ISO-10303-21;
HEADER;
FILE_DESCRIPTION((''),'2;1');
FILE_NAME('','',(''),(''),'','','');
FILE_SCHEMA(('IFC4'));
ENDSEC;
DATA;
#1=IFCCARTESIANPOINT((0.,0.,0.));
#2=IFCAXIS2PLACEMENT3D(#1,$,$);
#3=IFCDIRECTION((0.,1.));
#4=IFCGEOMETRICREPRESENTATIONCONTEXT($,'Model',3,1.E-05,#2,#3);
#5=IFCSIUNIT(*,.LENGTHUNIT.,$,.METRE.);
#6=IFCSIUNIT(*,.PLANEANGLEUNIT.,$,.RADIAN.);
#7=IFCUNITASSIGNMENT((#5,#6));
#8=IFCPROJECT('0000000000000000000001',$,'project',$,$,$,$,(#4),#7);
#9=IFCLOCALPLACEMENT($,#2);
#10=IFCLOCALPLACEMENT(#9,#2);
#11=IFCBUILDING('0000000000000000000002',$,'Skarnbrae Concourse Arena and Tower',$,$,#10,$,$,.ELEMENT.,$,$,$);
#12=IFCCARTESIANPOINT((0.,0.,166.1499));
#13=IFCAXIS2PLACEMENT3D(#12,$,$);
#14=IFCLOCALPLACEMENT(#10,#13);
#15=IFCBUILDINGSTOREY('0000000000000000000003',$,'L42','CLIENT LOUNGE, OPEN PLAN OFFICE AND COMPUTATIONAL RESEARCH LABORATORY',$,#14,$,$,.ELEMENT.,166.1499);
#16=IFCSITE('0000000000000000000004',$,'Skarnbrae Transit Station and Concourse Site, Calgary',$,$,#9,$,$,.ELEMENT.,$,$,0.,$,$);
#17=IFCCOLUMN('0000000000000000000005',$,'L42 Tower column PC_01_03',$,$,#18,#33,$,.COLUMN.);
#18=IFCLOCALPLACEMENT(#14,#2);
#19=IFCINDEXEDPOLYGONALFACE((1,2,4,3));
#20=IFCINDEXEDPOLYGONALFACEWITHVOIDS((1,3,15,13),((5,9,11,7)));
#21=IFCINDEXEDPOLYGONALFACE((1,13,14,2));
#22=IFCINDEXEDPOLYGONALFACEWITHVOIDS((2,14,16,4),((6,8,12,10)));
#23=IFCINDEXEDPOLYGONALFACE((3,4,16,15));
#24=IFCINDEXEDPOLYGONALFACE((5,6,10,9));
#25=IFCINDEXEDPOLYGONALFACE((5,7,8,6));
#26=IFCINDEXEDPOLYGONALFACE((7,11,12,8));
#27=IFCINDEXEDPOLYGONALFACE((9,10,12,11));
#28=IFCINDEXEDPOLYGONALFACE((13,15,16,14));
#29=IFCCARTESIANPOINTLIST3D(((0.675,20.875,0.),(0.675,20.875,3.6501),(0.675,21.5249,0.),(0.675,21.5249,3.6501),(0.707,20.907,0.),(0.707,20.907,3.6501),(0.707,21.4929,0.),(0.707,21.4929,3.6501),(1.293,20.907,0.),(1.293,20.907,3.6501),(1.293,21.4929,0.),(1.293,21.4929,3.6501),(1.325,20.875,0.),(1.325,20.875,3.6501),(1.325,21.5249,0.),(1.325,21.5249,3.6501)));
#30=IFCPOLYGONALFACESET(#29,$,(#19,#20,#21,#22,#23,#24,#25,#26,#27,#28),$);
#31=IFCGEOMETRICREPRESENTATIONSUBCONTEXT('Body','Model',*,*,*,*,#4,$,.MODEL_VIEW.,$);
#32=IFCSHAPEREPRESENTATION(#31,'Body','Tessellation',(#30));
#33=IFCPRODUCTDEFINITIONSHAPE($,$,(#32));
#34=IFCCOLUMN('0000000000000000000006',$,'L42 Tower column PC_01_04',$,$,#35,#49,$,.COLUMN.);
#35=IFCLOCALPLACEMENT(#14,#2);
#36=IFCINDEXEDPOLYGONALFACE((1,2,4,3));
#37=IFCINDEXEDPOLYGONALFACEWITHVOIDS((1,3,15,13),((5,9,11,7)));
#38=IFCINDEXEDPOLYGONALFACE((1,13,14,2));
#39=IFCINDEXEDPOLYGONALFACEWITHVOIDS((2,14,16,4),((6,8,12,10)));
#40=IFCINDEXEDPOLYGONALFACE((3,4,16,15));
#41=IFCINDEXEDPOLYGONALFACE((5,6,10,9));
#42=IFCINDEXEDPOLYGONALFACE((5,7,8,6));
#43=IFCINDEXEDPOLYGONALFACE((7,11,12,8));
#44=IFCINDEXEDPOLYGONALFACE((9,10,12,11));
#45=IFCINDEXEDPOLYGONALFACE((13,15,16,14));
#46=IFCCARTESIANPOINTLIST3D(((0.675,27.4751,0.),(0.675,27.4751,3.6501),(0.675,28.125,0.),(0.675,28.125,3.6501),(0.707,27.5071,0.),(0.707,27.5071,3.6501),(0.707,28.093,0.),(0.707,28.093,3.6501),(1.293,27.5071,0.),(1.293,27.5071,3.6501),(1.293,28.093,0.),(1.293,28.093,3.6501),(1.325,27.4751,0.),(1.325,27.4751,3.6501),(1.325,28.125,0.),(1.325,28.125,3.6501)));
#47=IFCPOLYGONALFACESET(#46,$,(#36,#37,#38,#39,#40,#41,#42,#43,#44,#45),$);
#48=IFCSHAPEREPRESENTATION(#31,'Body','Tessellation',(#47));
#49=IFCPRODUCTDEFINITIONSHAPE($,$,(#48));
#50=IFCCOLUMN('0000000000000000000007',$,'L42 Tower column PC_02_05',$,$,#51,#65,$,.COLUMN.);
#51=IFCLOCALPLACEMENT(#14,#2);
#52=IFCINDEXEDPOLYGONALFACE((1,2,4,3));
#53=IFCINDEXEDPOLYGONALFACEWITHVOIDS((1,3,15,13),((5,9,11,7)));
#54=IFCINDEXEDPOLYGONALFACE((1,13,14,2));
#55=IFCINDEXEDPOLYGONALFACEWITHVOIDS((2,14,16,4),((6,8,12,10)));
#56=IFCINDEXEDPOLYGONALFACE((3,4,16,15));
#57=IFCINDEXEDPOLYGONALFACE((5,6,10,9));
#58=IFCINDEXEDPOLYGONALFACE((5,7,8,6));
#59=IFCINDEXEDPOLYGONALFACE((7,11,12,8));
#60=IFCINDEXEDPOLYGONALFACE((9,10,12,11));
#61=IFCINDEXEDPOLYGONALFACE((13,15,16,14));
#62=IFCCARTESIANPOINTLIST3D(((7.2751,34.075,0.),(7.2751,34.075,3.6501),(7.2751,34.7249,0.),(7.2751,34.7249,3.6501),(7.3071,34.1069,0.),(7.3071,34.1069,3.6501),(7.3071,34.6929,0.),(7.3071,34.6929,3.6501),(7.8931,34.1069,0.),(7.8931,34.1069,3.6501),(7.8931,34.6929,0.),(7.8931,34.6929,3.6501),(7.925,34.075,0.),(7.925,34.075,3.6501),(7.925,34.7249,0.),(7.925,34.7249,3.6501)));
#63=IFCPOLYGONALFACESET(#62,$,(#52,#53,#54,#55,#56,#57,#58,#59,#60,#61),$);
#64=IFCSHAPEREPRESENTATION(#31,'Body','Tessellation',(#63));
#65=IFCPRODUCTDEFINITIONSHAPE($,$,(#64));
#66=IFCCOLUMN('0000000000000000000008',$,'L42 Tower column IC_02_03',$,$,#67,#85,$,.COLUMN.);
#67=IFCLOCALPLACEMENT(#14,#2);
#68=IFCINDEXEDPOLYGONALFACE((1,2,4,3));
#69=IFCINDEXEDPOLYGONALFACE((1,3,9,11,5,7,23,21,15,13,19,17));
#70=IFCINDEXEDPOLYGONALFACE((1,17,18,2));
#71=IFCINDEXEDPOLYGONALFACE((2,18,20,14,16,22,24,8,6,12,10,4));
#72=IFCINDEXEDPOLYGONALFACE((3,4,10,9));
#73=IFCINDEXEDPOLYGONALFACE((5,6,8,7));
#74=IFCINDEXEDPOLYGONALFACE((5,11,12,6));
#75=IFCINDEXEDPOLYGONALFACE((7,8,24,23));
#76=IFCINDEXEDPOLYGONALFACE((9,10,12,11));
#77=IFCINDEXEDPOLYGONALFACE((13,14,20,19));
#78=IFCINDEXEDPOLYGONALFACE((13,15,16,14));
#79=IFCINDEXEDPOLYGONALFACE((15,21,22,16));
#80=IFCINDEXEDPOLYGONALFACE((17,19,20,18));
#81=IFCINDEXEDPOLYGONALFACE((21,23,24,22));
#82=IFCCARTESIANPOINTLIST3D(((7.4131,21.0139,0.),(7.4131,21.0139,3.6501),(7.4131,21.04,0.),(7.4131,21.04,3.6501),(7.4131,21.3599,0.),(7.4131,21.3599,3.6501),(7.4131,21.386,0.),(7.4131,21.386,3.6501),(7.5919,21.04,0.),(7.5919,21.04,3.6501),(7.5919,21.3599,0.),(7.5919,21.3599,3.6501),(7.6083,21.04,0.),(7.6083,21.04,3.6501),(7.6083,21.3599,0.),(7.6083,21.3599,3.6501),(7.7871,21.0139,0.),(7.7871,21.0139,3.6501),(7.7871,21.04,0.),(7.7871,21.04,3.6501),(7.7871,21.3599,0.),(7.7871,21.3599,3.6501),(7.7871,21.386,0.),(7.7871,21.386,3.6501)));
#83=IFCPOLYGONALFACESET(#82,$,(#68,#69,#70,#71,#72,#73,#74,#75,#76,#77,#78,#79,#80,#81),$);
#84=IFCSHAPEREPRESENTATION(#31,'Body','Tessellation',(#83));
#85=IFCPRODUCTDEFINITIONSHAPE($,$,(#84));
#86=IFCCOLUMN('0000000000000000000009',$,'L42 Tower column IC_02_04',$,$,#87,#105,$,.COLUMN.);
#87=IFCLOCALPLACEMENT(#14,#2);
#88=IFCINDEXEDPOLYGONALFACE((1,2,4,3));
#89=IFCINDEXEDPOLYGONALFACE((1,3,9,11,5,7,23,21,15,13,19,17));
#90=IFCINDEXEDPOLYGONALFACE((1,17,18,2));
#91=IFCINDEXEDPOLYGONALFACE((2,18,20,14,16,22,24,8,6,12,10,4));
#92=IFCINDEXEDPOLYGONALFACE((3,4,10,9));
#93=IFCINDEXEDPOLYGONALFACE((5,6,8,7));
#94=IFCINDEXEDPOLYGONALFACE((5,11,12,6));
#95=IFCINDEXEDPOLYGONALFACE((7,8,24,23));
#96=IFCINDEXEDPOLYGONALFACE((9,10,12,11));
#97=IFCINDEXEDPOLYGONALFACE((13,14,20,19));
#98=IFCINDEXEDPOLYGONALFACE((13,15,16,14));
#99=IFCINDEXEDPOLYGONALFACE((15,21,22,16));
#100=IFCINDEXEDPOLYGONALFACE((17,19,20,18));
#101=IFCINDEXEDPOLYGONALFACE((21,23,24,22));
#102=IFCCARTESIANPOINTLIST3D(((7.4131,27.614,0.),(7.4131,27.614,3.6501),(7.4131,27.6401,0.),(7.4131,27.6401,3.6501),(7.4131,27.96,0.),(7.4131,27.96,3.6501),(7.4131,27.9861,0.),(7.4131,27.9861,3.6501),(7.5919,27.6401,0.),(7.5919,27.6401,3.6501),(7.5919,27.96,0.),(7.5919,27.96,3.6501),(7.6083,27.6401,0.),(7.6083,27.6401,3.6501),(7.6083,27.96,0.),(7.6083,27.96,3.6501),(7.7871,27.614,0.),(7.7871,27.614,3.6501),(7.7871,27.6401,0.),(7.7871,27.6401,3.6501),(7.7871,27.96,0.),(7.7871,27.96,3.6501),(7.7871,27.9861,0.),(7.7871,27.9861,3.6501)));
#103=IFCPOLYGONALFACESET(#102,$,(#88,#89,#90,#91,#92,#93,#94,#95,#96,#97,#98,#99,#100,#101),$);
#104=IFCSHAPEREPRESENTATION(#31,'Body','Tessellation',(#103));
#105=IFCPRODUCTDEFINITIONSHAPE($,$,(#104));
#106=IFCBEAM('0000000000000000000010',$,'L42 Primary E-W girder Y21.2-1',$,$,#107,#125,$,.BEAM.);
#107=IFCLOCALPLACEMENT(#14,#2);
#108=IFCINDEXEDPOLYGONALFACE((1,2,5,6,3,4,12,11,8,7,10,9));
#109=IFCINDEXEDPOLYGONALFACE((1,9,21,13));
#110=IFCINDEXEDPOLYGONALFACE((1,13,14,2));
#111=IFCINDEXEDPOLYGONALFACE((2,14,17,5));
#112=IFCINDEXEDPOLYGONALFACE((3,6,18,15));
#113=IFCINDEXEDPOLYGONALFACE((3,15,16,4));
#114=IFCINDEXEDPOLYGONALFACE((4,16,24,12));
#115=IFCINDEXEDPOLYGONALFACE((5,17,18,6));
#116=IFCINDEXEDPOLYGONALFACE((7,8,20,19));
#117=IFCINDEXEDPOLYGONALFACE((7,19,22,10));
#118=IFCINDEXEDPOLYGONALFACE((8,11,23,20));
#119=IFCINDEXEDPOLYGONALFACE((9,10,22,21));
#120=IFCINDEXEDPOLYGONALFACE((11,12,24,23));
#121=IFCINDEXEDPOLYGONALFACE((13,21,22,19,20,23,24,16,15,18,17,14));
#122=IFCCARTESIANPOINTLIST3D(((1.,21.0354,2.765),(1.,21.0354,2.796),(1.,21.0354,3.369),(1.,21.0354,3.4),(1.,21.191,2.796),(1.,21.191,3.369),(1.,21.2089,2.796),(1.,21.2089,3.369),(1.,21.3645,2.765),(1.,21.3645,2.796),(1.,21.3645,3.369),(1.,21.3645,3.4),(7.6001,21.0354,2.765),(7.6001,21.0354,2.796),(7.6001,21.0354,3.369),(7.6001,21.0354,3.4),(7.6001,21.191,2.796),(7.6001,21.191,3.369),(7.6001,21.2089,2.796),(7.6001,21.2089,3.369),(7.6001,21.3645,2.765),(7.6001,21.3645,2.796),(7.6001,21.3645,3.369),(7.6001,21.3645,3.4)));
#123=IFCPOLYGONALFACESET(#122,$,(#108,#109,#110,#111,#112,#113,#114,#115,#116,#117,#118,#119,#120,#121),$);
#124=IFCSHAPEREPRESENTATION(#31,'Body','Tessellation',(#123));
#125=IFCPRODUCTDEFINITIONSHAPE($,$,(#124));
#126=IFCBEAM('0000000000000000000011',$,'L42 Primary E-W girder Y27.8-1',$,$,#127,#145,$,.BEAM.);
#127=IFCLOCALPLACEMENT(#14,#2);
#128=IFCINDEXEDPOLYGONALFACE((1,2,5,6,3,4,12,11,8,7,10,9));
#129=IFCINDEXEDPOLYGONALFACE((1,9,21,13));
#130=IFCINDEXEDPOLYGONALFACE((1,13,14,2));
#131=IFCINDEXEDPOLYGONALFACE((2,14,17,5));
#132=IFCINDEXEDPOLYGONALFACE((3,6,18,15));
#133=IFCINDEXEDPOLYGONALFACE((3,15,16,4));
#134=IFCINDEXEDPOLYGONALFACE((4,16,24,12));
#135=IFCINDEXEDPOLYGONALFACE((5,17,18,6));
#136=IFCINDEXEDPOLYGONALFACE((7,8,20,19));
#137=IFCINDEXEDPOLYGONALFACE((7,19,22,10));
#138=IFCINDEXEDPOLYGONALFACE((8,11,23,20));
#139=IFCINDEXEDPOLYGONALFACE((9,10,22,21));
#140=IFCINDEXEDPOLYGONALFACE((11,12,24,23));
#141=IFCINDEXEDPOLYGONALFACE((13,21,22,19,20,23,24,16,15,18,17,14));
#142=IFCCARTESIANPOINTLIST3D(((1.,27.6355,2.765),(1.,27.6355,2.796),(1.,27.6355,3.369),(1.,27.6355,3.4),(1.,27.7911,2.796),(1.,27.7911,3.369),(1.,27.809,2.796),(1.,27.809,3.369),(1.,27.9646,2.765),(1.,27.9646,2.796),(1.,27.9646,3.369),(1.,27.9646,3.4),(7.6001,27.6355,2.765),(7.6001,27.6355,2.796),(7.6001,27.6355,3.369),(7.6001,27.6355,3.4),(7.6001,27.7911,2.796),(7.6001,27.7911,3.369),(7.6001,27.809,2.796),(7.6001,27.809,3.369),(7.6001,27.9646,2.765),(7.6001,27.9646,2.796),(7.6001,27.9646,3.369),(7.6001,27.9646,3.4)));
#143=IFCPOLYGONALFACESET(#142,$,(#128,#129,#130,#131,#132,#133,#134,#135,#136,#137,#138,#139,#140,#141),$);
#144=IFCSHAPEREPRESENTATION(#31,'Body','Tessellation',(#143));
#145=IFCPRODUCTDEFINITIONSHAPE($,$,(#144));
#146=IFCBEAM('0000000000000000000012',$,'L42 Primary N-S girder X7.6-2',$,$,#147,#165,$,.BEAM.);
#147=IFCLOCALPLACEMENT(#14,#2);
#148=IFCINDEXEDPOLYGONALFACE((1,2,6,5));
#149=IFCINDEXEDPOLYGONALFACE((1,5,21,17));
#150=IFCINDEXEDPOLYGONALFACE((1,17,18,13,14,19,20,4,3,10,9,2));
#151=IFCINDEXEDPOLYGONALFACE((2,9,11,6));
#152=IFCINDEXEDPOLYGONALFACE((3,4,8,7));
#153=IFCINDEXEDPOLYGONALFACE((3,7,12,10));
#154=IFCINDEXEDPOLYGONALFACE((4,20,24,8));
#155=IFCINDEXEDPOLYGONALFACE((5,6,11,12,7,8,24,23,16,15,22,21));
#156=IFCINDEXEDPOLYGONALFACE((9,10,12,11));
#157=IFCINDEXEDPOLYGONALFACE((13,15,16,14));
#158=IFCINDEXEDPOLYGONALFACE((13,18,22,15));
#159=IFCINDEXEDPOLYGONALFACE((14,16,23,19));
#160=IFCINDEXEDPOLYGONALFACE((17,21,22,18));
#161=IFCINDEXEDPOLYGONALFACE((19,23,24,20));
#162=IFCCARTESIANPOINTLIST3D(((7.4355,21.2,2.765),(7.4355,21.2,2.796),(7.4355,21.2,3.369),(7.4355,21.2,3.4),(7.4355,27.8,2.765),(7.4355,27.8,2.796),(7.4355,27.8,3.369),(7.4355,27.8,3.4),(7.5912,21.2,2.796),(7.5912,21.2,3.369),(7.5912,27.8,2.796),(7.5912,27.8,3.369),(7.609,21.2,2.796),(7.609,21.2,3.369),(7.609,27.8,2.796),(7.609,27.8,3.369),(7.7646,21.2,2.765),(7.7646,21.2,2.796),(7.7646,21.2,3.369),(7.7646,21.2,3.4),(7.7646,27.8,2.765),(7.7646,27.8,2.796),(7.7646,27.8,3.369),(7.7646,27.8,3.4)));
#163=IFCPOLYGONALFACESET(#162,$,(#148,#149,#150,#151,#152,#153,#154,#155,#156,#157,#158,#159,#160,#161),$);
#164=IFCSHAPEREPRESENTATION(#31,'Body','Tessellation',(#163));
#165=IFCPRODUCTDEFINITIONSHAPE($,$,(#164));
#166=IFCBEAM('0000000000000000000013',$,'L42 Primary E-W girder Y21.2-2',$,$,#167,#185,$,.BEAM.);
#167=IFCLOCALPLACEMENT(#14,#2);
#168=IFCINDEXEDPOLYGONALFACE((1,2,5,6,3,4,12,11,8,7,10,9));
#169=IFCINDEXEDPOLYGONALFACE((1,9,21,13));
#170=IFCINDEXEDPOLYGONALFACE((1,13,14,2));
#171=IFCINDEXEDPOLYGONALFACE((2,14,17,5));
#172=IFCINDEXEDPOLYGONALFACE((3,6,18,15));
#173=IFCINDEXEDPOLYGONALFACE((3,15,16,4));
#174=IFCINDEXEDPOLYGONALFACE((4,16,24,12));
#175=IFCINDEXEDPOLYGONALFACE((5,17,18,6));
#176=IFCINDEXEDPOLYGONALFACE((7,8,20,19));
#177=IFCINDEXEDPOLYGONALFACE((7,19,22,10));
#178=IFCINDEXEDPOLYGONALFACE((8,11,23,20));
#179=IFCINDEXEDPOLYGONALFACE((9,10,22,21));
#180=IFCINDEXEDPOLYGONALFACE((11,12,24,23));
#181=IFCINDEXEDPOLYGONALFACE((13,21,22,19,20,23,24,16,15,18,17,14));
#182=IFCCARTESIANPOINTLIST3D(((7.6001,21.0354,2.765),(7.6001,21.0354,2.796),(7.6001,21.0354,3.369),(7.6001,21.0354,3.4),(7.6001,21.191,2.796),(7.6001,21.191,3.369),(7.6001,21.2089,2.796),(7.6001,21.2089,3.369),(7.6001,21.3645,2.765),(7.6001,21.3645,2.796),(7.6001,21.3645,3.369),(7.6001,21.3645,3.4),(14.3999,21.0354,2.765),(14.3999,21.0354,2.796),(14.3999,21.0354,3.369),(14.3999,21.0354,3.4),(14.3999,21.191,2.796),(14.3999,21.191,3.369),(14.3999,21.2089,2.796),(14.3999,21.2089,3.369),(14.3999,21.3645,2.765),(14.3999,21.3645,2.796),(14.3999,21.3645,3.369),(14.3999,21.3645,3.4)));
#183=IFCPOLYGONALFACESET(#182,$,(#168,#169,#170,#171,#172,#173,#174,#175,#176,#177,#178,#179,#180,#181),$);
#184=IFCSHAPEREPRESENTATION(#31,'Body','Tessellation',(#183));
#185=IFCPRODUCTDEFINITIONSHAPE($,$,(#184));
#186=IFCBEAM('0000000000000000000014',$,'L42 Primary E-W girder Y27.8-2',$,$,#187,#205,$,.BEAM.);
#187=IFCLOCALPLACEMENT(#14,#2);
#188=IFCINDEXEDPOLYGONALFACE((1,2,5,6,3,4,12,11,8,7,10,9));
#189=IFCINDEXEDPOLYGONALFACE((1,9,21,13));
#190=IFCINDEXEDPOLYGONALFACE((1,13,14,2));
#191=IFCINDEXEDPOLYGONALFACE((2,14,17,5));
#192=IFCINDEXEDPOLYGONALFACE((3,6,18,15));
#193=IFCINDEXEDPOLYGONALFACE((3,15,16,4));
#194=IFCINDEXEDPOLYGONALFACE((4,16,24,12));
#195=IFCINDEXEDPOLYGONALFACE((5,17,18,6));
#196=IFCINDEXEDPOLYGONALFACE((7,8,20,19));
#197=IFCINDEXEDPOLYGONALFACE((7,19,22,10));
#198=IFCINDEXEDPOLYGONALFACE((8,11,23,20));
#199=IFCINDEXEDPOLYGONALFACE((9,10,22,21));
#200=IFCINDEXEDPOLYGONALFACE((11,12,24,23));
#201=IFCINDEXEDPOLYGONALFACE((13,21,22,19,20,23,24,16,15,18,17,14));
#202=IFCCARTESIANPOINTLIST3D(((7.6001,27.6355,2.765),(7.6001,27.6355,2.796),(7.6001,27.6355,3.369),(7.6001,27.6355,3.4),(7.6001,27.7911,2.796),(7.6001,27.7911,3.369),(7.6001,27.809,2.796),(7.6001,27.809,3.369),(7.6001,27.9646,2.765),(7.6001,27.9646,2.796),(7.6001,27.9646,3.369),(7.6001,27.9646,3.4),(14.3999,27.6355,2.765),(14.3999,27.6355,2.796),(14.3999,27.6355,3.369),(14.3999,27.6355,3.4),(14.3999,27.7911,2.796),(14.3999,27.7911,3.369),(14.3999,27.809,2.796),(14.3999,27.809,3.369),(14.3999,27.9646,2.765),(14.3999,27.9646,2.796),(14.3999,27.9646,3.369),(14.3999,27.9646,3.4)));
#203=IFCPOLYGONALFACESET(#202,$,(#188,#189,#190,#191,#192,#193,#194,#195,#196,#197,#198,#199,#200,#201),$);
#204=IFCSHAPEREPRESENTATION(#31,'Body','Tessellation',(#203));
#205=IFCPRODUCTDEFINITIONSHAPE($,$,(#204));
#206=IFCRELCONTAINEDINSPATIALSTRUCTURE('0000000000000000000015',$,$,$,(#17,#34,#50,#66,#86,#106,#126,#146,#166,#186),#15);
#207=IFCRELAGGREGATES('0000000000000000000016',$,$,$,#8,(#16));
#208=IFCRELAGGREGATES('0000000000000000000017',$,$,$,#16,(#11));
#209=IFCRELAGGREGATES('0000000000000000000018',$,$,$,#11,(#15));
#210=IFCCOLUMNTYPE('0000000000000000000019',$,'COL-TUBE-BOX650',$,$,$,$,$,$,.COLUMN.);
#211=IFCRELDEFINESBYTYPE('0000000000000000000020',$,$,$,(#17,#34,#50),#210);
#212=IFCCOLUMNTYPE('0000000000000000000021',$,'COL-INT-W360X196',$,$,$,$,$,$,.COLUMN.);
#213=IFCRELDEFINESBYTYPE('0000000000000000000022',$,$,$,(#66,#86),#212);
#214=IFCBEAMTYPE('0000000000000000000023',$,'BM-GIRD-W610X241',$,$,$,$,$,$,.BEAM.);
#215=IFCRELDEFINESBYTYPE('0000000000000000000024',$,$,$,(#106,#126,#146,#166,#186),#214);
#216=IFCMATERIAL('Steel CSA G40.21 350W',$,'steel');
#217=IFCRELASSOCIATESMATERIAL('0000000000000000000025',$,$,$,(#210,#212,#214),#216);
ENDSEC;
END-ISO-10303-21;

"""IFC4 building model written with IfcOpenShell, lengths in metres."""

from ifc_helpers import new_model, si_unit, direction, frame, origin, origin_2d, place, context, subcontext, project, spatial, hollow_rectangle, i_section, extrude, source, transform, mapped, material, material_profile, profile_set, type_object, element, save


model = new_model("IFC4")

# Units and contexts
model_context = context("Model", 3, precision=1e-05, world=origin(), true_north=direction((0.0, 1.0)))
body_context = subcontext(model_context, "Body", "Model", "MODEL_VIEW")
ifc_project = project(units=[si_unit("LENGTHUNIT", "METRE"), si_unit("PLANEANGLEUNIT", "RADIAN")], contexts=[model_context])

# Site, building, storey
site_placement = place(None, origin())
site = spatial("IfcSite", under=ifc_project, at=site_placement, Name="Skarnbrae Transit Station and Concourse Site, Calgary", CompositionType="ELEMENT", RefElevation=0.0)
building_placement = place(site_placement, origin())
building = spatial("IfcBuilding", under=site, at=building_placement, Name="Skarnbrae Concourse Arena and Tower", CompositionType="ELEMENT")
storey_placement = place(building_placement, frame((0.0, 0.0, 166.1499)))
storey = spatial("IfcBuildingStorey", under=building, at=storey_placement, Name="L42", Description="CLIENT LOUNGE, OPEN PLAN OFFICE AND COMPUTATIONAL RESEARCH LABORATORY", CompositionType="ELEMENT", Elevation=166.1499)

# Columns
ifc_material_1 = material(Name="Steel CSA G40.21 350W", Category="steel")
ifc_material_profile_1 = material_profile(ifc_material_1, hollow_rectangle(XDim=0.6499, YDim=0.6499, WallThickness=0.032, at=origin_2d()), Name="BOX650X650X32")
ifc_profile_set_1 = profile_set([ifc_material_profile_1], Name="Steel CSA G40.21 350W")
column_type_1 = type_object("IfcColumnType", Name="COL-TUBE-BOX650", PredefinedType="COLUMN", material=ifc_profile_set_1)
shared_shape_1 = source(origin(), body_context, "Body", "SweptSolid", [
    extrude(hollow_rectangle(XDim=0.6499, YDim=0.6499, WallThickness=0.032, at=origin_2d()), origin(), (0.0, 0.0, 1.0), 3.6501),
])
for number, where, z_axis, x_axis, name in (
    (1, (1.0, 21.2, 0.0), (0.0, 0.0, 1.0), (1.0, 0.0, 0.0), "L42 Tower column PC_01_03"),
    (2, (1.0, 27.8, 0.0), (0.0, 0.0, 1.0), (1.0, 0.0, 0.0), "L42 Tower column PC_01_04"),
    (3, (7.6001, 34.3999, 0.0), (0.0, 0.0, 1.0), (1.0, 0.0, 0.0), "L42 Tower column PC_02_05"),
):
    element("IfcColumn", number, at=place(storey_placement, frame(where, z_axis=z_axis, x_axis=x_axis)), inside=storey, type_object=column_type_1, Name=name, PredefinedType="COLUMN", context=body_context, shape_type="MappedRepresentation", body=[
        mapped(shared_shape_1, transform((0.0, 0.0, 0.0))),
    ])
ifc_material_profile_2 = material_profile(ifc_material_1, i_section(OverallWidth=0.374, OverallDepth=0.3721, WebThickness=0.0164, FlangeThickness=0.0261, at=origin_2d()), Name="W360X196")
ifc_profile_set_2 = profile_set([ifc_material_profile_2], Name="Steel CSA G40.21 350W")
column_type_2 = type_object("IfcColumnType", Name="COL-INT-W360X196", PredefinedType="COLUMN", material=ifc_profile_set_2)
shared_shape_2 = source(origin(), body_context, "Body", "SweptSolid", [
    extrude(i_section(OverallWidth=0.374, OverallDepth=0.3721, WebThickness=0.0164, FlangeThickness=0.0261, at=origin_2d()), origin(), (0.0, 0.0, 1.0), 3.6501),
])
for number, where, z_axis, x_axis, name in (
    (4, (7.6001, 21.2, 0.0), (0.0, 0.0, 1.0), (1.0, 0.0, 0.0), "L42 Tower column IC_02_03"),
    (5, (7.6001, 27.8, 0.0), (0.0, 0.0, 1.0), (1.0, 0.0, 0.0), "L42 Tower column IC_02_04"),
):
    element("IfcColumn", number, at=place(storey_placement, frame(where, z_axis=z_axis, x_axis=x_axis)), inside=storey, type_object=column_type_2, Name=name, PredefinedType="COLUMN", context=body_context, shape_type="MappedRepresentation", body=[
        mapped(shared_shape_2, transform((0.0, 0.0, 0.0))),
    ])

# Beams
ifc_material_profile_3 = material_profile(ifc_material_1, i_section(OverallWidth=0.3291, OverallDepth=0.635, WebThickness=0.0178, FlangeThickness=0.031, at=origin_2d()), Name="W610X241")
ifc_profile_set_3 = profile_set([ifc_material_profile_3], Name="Steel CSA G40.21 350W")
beam_type_1 = type_object("IfcBeamType", Name="BM-GIRD-W610X241", PredefinedType="BEAM", material=ifc_profile_set_3)
shared_shape_3 = source(origin(), body_context, "Body", "SweptSolid", [
    extrude(i_section(OverallWidth=0.3291, OverallDepth=0.635, WebThickness=0.0178, FlangeThickness=0.031, at=origin_2d()), origin(), (0.0, 0.0, 1.0), 6.6001),
])
for number, where, z_axis, x_axis, name in (
    (6, (1.0, 21.2, 3.0825), (1.0, 0.0, 0.0), (0.0, 1.0, 0.0), "L42 Primary E-W girder Y21.2-1"),
    (7, (1.0, 27.8, 3.0825), (1.0, 0.0, 0.0), (0.0, 1.0, 0.0), "L42 Primary E-W girder Y27.8-1"),
    (8, (7.6001, 21.2, 3.0825), (0.0, 1.0, 0.0), (-1.0, 0.0, 0.0), "L42 Primary N-S girder X7.6-2"),
):
    element("IfcBeam", number, at=place(storey_placement, frame(where, z_axis=z_axis, x_axis=x_axis)), inside=storey, type_object=beam_type_1, Name=name, PredefinedType="BEAM", context=body_context, shape_type="MappedRepresentation", body=[
        mapped(shared_shape_3, transform((0.0, 0.0, 0.0))),
    ])
shared_shape_4 = source(origin(), body_context, "Body", "SweptSolid", [
    extrude(i_section(OverallWidth=0.3291, OverallDepth=0.635, WebThickness=0.0178, FlangeThickness=0.031, at=origin_2d()), origin(), (0.0, 0.0, 1.0), 6.7998),
])
for number, where, z_axis, x_axis, name in (
    (9, (7.6001, 21.2, 3.0825), (1.0, 0.0, 0.0), (0.0, 1.0, 0.0), "L42 Primary E-W girder Y21.2-2"),
    (10, (7.6001, 27.8, 3.0825), (1.0, 0.0, 0.0), (0.0, 1.0, 0.0), "L42 Primary E-W girder Y27.8-2"),
):
    element("IfcBeam", number, at=place(storey_placement, frame(where, z_axis=z_axis, x_axis=x_axis)), inside=storey, type_object=beam_type_1, Name=name, PredefinedType="BEAM", context=body_context, shape_type="MappedRepresentation", body=[
        mapped(shared_shape_4, transform((0.0, 0.0, 0.0))),
    ])

save(model, "model.ifc")
